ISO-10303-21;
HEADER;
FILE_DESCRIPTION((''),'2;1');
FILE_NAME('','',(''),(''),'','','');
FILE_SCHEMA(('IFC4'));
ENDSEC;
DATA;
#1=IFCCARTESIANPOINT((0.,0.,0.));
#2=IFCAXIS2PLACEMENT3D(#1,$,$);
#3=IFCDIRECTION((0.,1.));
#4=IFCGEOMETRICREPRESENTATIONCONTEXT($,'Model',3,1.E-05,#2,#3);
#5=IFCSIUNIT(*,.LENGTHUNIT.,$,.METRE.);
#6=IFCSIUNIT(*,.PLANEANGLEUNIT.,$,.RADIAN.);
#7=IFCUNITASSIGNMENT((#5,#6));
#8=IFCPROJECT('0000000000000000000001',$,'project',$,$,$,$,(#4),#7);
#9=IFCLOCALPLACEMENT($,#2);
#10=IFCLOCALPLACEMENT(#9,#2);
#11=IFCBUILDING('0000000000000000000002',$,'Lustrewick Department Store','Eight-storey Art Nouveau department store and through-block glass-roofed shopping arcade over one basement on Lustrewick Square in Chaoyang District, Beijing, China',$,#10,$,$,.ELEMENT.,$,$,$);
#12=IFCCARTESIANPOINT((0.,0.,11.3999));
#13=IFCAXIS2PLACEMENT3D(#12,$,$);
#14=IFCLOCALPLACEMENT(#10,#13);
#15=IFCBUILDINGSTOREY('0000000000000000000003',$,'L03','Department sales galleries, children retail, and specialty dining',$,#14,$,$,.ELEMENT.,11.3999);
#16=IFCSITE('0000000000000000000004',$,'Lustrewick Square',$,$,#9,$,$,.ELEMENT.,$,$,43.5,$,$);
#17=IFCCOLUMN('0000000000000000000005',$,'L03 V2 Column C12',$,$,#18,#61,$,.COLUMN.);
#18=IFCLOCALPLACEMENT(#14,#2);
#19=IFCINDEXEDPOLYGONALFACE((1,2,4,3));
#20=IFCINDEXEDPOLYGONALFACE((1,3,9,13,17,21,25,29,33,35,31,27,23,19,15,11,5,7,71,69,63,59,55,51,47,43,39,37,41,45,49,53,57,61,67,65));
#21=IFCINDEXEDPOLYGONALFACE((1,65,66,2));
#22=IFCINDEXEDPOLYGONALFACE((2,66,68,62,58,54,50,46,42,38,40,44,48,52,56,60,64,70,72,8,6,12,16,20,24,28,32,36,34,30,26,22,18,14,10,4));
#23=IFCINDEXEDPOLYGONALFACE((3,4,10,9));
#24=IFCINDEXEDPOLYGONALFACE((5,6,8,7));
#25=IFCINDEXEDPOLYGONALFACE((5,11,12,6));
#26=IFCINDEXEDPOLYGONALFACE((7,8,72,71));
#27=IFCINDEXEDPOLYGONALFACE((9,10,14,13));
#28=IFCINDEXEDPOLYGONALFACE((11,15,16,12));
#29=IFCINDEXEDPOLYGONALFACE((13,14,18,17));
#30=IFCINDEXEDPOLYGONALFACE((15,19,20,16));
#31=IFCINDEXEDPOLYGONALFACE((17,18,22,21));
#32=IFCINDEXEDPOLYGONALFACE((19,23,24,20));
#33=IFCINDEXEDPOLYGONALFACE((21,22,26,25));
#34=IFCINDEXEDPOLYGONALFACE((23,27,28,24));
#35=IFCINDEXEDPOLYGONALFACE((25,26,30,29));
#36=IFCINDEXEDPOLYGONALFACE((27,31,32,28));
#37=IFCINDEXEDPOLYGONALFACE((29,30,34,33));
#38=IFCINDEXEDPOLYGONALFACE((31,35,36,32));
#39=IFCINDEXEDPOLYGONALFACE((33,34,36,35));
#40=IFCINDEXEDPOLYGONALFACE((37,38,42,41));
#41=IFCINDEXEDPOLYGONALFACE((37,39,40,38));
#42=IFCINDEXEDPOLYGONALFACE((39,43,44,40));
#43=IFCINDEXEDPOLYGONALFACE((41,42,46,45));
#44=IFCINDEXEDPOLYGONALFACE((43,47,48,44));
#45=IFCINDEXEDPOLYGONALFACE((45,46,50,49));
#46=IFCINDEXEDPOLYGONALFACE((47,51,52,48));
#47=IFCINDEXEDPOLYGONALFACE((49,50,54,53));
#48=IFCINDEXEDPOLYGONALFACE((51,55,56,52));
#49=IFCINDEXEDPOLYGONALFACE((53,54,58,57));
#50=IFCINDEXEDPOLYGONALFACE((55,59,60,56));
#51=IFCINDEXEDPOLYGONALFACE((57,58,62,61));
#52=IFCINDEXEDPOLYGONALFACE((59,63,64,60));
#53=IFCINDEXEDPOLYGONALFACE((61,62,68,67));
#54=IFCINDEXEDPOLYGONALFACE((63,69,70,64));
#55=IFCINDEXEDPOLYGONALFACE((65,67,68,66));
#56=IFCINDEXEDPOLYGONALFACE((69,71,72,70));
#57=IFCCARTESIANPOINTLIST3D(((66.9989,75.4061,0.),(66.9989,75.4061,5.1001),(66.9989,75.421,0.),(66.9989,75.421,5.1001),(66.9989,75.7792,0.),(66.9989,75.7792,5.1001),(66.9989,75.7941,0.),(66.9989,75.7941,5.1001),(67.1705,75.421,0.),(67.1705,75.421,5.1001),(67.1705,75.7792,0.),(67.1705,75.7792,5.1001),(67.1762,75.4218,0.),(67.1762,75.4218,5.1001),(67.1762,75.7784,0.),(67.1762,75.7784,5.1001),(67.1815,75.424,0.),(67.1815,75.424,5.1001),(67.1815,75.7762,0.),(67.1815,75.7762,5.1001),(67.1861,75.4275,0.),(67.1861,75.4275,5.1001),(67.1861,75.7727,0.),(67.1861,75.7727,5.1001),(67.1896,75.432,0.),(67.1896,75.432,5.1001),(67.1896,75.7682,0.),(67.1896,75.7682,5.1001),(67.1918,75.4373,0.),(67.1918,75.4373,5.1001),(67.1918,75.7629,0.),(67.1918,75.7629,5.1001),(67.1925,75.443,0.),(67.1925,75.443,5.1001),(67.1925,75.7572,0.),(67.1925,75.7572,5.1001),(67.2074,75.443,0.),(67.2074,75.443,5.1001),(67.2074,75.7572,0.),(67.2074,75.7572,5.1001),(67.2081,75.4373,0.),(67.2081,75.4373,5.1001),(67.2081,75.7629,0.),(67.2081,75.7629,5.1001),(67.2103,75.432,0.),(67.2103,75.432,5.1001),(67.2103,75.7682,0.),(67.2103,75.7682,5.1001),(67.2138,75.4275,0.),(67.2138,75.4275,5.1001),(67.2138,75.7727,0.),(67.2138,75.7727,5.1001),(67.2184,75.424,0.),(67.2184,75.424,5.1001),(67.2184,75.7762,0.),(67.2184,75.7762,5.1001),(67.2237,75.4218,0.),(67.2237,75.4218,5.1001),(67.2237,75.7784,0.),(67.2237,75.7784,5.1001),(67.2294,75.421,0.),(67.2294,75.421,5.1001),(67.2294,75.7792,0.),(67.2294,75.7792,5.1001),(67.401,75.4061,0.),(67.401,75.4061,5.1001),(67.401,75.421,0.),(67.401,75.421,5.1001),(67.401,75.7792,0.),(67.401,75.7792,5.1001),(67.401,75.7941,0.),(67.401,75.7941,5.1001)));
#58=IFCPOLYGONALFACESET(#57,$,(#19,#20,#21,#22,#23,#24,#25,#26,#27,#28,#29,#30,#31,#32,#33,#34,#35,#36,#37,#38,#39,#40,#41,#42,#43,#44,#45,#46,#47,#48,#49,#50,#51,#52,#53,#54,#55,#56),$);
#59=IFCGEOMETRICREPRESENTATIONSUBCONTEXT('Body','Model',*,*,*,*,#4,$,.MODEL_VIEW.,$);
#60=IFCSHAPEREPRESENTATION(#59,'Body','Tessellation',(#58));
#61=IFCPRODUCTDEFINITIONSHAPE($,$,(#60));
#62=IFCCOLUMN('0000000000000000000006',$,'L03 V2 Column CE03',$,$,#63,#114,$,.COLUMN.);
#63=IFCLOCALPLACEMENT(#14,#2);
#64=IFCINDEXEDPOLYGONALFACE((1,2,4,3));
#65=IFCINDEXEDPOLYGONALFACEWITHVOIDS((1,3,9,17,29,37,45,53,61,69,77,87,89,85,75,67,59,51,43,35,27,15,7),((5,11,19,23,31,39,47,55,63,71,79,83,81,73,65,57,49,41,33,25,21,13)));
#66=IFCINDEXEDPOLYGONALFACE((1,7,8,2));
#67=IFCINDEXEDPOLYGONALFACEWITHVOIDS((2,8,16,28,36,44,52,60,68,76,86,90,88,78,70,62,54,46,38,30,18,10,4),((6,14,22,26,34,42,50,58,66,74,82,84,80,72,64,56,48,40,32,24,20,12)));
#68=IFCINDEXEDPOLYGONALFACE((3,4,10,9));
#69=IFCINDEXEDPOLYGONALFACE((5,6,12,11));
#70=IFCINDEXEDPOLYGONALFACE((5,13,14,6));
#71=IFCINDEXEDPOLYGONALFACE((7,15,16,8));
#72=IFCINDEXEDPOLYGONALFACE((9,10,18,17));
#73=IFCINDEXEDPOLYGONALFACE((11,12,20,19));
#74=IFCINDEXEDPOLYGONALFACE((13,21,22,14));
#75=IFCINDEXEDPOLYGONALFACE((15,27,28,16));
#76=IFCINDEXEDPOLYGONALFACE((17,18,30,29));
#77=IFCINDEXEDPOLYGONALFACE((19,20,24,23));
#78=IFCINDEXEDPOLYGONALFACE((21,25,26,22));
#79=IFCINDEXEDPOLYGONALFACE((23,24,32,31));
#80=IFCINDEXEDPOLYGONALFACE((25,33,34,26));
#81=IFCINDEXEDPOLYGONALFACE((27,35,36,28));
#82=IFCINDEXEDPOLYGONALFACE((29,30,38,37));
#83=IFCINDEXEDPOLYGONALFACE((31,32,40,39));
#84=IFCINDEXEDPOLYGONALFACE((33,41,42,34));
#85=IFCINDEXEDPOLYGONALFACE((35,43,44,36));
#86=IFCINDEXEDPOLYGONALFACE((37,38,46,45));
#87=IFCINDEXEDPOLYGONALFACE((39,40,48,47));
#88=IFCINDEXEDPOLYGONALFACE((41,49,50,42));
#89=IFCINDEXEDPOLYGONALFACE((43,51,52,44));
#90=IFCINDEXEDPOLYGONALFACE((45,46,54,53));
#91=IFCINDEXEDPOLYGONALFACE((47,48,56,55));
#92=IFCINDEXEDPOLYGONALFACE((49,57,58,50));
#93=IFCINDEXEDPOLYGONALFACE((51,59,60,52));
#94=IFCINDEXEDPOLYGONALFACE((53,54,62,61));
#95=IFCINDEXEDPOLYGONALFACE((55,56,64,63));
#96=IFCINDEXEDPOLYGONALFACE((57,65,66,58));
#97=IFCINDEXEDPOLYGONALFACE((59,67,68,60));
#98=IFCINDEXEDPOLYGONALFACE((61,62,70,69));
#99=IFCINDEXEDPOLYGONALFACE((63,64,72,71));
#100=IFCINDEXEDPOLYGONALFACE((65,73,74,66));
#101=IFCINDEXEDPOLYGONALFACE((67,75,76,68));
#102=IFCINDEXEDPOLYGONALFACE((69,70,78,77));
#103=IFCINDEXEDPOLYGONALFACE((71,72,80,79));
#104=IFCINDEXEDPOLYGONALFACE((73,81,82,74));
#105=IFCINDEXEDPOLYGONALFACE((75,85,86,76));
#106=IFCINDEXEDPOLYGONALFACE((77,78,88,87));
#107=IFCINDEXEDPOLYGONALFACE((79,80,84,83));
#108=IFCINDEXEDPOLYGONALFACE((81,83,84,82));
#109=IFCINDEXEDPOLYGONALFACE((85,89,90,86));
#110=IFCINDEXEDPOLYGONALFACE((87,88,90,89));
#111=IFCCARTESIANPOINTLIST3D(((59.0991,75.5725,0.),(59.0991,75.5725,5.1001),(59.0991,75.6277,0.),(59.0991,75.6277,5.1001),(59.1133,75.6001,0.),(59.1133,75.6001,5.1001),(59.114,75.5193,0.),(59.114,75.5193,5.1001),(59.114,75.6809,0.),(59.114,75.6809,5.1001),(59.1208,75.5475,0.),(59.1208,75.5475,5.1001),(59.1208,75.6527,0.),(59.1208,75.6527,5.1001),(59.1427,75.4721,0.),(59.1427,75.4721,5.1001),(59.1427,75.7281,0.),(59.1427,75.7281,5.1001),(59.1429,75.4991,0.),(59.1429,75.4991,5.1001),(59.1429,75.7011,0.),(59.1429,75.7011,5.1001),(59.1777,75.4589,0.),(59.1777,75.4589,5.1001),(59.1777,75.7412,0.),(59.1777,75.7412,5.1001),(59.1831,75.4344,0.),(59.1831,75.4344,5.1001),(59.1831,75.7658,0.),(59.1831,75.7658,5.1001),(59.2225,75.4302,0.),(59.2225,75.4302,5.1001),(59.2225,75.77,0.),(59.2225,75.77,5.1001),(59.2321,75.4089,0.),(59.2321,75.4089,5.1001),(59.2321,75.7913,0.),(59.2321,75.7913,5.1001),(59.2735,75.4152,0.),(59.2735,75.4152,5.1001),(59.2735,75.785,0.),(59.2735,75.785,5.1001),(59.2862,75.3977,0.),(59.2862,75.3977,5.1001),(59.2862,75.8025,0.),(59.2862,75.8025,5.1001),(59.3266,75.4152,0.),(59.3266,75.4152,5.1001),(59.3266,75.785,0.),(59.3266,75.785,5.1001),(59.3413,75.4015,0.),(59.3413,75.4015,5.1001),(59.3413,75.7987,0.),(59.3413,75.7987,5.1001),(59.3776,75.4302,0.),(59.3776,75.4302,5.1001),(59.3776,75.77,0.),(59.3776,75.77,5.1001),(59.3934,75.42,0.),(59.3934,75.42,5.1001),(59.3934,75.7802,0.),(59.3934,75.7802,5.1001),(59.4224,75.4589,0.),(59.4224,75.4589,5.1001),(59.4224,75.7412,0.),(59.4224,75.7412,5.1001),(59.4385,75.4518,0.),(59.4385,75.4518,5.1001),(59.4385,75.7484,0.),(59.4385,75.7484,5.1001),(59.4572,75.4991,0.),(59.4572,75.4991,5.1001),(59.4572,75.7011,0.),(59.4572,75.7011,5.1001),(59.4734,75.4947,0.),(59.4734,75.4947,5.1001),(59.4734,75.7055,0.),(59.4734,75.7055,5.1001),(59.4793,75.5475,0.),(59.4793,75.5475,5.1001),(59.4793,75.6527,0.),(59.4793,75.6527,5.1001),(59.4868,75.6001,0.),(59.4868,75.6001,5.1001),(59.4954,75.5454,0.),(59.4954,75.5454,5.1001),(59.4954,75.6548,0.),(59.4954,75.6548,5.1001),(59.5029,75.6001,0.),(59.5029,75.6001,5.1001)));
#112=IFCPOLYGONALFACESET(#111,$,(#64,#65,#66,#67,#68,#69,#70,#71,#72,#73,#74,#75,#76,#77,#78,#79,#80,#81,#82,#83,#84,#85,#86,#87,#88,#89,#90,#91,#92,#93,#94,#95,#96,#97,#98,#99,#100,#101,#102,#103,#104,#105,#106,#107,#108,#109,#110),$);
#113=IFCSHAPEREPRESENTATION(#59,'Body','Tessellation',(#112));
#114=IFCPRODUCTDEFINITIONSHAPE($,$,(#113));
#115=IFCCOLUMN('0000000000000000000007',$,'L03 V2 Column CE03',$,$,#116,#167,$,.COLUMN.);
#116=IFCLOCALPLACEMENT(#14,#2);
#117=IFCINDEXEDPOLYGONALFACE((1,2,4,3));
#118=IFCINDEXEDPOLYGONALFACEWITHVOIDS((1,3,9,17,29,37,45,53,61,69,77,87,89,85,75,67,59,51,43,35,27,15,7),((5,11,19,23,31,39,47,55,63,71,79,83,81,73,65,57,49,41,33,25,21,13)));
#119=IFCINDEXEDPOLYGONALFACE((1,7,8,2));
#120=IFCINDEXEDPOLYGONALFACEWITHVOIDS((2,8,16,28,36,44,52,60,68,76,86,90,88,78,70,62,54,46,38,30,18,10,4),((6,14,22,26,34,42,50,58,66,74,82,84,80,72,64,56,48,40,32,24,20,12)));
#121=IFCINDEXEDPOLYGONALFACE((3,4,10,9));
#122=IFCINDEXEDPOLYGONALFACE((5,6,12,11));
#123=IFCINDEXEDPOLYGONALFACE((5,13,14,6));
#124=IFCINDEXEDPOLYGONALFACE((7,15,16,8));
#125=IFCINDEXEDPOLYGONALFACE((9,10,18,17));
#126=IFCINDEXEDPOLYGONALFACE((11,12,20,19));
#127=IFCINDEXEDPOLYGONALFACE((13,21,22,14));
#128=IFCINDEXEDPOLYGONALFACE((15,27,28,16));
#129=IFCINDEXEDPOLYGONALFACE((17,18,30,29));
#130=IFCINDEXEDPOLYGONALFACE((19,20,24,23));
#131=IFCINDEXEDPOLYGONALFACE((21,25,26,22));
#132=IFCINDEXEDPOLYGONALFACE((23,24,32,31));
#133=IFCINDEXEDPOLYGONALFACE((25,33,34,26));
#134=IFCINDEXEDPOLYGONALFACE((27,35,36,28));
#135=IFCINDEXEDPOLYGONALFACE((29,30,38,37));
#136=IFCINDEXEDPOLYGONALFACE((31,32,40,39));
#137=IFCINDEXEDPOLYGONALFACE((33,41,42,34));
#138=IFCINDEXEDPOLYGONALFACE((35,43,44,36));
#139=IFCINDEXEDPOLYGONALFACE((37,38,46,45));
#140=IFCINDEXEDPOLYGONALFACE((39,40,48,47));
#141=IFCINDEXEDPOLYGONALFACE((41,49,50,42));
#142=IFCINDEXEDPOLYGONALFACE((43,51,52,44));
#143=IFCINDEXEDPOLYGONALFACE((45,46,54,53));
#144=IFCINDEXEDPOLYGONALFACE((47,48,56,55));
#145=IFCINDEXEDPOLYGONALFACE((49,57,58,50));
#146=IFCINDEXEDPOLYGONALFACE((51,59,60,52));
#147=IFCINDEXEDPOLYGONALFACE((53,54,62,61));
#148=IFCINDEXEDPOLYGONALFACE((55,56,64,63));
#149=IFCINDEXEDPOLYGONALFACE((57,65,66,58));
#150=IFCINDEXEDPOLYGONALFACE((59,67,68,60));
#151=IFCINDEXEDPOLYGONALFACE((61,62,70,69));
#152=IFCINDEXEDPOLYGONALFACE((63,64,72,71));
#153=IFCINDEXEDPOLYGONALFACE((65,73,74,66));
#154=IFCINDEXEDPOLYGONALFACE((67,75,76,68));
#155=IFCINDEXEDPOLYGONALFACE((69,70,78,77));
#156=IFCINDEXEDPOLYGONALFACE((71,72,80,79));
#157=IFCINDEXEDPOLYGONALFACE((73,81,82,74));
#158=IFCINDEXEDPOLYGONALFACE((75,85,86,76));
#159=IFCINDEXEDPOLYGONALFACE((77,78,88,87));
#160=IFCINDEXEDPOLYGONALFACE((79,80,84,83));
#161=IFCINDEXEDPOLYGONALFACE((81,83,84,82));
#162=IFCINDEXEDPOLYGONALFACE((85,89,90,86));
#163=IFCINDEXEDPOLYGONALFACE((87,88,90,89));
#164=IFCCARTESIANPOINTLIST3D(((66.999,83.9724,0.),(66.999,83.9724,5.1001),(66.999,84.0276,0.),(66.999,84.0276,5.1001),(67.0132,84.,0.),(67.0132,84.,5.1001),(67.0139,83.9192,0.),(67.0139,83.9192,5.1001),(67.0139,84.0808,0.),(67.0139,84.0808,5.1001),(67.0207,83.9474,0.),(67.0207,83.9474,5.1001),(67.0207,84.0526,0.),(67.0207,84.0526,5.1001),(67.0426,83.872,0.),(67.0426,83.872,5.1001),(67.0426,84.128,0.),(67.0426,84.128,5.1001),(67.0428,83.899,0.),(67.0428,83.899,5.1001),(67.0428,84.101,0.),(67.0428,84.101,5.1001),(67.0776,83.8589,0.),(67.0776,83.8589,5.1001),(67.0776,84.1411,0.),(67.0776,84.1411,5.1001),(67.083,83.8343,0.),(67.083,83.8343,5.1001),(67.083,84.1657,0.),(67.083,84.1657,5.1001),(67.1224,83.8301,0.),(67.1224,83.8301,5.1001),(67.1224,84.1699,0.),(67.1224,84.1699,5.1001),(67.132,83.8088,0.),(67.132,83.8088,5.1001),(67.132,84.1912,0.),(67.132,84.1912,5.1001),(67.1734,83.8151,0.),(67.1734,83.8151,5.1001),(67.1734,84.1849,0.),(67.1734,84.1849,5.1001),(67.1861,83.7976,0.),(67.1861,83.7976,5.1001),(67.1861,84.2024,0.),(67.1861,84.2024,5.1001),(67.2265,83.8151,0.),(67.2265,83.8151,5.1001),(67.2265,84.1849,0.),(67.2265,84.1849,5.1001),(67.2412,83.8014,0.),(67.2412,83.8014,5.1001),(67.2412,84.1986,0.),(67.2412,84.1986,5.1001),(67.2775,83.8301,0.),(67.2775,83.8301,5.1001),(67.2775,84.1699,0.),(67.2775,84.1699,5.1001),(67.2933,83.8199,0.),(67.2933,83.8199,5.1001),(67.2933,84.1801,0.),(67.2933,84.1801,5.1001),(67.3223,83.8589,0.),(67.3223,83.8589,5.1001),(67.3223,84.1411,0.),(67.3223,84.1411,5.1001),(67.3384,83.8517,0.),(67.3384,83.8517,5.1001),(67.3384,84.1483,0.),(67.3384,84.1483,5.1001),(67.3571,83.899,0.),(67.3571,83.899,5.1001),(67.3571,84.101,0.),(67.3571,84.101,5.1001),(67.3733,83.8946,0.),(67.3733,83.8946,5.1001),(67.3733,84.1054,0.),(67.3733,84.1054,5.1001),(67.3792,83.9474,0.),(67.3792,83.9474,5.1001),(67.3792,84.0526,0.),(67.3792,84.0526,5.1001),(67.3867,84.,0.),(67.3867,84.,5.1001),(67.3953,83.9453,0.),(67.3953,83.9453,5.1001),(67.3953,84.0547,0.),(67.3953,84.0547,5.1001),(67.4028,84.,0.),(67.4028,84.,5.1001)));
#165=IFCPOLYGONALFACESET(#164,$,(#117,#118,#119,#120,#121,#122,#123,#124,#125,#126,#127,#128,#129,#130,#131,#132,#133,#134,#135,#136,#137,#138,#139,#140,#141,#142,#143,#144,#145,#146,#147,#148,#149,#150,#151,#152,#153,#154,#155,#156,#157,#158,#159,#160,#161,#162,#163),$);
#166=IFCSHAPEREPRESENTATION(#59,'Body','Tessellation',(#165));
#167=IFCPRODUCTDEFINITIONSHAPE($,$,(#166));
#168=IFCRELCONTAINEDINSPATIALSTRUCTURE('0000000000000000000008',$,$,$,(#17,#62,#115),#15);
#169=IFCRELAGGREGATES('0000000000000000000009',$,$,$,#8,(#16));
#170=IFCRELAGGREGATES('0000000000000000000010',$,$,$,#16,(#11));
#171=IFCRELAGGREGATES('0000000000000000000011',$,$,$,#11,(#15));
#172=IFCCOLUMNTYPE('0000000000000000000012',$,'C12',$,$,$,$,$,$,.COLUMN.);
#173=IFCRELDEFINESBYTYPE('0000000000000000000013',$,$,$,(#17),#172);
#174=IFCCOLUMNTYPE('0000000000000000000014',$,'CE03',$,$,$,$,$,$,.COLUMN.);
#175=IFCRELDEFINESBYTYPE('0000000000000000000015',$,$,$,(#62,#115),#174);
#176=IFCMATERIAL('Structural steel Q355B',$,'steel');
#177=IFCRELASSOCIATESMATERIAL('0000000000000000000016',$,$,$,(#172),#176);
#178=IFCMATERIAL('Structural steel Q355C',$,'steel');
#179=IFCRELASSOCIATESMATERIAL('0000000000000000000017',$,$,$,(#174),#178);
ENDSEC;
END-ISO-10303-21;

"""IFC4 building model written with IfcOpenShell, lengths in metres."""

from ifc_helpers import new_model, si_unit, direction, frame, origin, origin_2d, place, context, subcontext, project, spatial, hollow_circle, i_section, extrude, material, material_profile, profile_set, type_object, element, save


model = new_model("IFC4")

# Units and contexts
model_context = context("Model", 3, precision=1e-05, world=origin(), true_north=direction((0.0, 1.0)))
body_context = subcontext(model_context, "Body", "Model", "MODEL_VIEW")
ifc_project = project(units=[si_unit("LENGTHUNIT", "METRE"), si_unit("PLANEANGLEUNIT", "RADIAN")], contexts=[model_context])

# Site, building, storey
site_placement = place(None, origin())
site = spatial("IfcSite", under=ifc_project, at=site_placement, Name="Lustrewick Square", CompositionType="ELEMENT", RefElevation=43.5)
building_placement = place(site_placement, origin())
building = spatial("IfcBuilding", under=site, at=building_placement, Name="Lustrewick Department Store", Description="Eight-storey Art Nouveau department store and through-block glass-roofed shopping arcade over one basement on Lustrewick Square in Chaoyang District, Beijing, China", CompositionType="ELEMENT")
storey_placement = place(building_placement, frame((0.0, 0.0, 11.3999)))
storey = spatial("IfcBuildingStorey", under=building, at=storey_placement, Name="L03", Description="Department sales galleries, children retail, and specialty dining", CompositionType="ELEMENT", Elevation=11.3999)

# Columns
ifc_material_1 = material(Name="Structural steel Q355B", Category="steel")
ifc_material_profile_1 = material_profile(ifc_material_1, i_section(OverallWidth=0.4021, OverallDepth=0.3879, WebThickness=0.0149, FlangeThickness=0.0149, FilletRadius=0.022, at=origin_2d()), Name="HW 388x402x15x15")
ifc_profile_set_1 = profile_set([ifc_material_profile_1], Name="Structural steel Q355B")
column_type_1 = type_object("IfcColumnType", Name="C12", PredefinedType="COLUMN", material=ifc_profile_set_1)
column_1_placement = place(storey_placement, frame((67.2, 75.6001, 0.0), z_axis=(0.0, 0.0, 1.0), x_axis=(1.0, 0.0, 0.0)))
element("IfcColumn", 1, at=column_1_placement, inside=storey, type_object=column_type_1, Name="L03 V2 Column C12", PredefinedType="COLUMN", context=body_context, shape_type="SweptSolid", body=[
    extrude(i_section(OverallWidth=0.4021, OverallDepth=0.3879, WebThickness=0.0149, FlangeThickness=0.0149, FilletRadius=0.022, at=origin_2d()), origin(), (0.0, 0.0, 1.0), 5.1001),
])
ifc_material_2 = material(Name="Structural steel Q355C", Category="steel")
ifc_material_profile_2 = material_profile(ifc_material_2, hollow_circle(Radius=0.2029, WallThickness=0.0161, at=origin_2d()), Name="CHS 406x16")
ifc_profile_set_2 = profile_set([ifc_material_profile_2], Name="Structural steel Q355C")
column_type_2 = type_object("IfcColumnType", Name="CE03", PredefinedType="COLUMN", material=ifc_profile_set_2)
for number, where, z_axis, x_axis, name in (
    (2, (59.3, 75.6001, 0.0), (0.0, 0.0, 1.0), (1.0, 0.0, 0.0), "L03 V2 Column CE03"),
    (3, (67.2, 84.0, 0.0), (0.0, 0.0, 1.0), (1.0, 0.0, 0.0), "L03 V2 Column CE03"),
):
    element("IfcColumn", number, at=place(storey_placement, frame(where, z_axis=z_axis, x_axis=x_axis)), inside=storey, type_object=column_type_2, Name=name, PredefinedType="COLUMN", context=body_context, shape_type="SweptSolid", body=[
        extrude(hollow_circle(Radius=0.2029, WallThickness=0.0161, at=origin_2d()), origin(), (0.0, 0.0, 1.0), 5.1001),
    ])

save(model, "model.ifc")
